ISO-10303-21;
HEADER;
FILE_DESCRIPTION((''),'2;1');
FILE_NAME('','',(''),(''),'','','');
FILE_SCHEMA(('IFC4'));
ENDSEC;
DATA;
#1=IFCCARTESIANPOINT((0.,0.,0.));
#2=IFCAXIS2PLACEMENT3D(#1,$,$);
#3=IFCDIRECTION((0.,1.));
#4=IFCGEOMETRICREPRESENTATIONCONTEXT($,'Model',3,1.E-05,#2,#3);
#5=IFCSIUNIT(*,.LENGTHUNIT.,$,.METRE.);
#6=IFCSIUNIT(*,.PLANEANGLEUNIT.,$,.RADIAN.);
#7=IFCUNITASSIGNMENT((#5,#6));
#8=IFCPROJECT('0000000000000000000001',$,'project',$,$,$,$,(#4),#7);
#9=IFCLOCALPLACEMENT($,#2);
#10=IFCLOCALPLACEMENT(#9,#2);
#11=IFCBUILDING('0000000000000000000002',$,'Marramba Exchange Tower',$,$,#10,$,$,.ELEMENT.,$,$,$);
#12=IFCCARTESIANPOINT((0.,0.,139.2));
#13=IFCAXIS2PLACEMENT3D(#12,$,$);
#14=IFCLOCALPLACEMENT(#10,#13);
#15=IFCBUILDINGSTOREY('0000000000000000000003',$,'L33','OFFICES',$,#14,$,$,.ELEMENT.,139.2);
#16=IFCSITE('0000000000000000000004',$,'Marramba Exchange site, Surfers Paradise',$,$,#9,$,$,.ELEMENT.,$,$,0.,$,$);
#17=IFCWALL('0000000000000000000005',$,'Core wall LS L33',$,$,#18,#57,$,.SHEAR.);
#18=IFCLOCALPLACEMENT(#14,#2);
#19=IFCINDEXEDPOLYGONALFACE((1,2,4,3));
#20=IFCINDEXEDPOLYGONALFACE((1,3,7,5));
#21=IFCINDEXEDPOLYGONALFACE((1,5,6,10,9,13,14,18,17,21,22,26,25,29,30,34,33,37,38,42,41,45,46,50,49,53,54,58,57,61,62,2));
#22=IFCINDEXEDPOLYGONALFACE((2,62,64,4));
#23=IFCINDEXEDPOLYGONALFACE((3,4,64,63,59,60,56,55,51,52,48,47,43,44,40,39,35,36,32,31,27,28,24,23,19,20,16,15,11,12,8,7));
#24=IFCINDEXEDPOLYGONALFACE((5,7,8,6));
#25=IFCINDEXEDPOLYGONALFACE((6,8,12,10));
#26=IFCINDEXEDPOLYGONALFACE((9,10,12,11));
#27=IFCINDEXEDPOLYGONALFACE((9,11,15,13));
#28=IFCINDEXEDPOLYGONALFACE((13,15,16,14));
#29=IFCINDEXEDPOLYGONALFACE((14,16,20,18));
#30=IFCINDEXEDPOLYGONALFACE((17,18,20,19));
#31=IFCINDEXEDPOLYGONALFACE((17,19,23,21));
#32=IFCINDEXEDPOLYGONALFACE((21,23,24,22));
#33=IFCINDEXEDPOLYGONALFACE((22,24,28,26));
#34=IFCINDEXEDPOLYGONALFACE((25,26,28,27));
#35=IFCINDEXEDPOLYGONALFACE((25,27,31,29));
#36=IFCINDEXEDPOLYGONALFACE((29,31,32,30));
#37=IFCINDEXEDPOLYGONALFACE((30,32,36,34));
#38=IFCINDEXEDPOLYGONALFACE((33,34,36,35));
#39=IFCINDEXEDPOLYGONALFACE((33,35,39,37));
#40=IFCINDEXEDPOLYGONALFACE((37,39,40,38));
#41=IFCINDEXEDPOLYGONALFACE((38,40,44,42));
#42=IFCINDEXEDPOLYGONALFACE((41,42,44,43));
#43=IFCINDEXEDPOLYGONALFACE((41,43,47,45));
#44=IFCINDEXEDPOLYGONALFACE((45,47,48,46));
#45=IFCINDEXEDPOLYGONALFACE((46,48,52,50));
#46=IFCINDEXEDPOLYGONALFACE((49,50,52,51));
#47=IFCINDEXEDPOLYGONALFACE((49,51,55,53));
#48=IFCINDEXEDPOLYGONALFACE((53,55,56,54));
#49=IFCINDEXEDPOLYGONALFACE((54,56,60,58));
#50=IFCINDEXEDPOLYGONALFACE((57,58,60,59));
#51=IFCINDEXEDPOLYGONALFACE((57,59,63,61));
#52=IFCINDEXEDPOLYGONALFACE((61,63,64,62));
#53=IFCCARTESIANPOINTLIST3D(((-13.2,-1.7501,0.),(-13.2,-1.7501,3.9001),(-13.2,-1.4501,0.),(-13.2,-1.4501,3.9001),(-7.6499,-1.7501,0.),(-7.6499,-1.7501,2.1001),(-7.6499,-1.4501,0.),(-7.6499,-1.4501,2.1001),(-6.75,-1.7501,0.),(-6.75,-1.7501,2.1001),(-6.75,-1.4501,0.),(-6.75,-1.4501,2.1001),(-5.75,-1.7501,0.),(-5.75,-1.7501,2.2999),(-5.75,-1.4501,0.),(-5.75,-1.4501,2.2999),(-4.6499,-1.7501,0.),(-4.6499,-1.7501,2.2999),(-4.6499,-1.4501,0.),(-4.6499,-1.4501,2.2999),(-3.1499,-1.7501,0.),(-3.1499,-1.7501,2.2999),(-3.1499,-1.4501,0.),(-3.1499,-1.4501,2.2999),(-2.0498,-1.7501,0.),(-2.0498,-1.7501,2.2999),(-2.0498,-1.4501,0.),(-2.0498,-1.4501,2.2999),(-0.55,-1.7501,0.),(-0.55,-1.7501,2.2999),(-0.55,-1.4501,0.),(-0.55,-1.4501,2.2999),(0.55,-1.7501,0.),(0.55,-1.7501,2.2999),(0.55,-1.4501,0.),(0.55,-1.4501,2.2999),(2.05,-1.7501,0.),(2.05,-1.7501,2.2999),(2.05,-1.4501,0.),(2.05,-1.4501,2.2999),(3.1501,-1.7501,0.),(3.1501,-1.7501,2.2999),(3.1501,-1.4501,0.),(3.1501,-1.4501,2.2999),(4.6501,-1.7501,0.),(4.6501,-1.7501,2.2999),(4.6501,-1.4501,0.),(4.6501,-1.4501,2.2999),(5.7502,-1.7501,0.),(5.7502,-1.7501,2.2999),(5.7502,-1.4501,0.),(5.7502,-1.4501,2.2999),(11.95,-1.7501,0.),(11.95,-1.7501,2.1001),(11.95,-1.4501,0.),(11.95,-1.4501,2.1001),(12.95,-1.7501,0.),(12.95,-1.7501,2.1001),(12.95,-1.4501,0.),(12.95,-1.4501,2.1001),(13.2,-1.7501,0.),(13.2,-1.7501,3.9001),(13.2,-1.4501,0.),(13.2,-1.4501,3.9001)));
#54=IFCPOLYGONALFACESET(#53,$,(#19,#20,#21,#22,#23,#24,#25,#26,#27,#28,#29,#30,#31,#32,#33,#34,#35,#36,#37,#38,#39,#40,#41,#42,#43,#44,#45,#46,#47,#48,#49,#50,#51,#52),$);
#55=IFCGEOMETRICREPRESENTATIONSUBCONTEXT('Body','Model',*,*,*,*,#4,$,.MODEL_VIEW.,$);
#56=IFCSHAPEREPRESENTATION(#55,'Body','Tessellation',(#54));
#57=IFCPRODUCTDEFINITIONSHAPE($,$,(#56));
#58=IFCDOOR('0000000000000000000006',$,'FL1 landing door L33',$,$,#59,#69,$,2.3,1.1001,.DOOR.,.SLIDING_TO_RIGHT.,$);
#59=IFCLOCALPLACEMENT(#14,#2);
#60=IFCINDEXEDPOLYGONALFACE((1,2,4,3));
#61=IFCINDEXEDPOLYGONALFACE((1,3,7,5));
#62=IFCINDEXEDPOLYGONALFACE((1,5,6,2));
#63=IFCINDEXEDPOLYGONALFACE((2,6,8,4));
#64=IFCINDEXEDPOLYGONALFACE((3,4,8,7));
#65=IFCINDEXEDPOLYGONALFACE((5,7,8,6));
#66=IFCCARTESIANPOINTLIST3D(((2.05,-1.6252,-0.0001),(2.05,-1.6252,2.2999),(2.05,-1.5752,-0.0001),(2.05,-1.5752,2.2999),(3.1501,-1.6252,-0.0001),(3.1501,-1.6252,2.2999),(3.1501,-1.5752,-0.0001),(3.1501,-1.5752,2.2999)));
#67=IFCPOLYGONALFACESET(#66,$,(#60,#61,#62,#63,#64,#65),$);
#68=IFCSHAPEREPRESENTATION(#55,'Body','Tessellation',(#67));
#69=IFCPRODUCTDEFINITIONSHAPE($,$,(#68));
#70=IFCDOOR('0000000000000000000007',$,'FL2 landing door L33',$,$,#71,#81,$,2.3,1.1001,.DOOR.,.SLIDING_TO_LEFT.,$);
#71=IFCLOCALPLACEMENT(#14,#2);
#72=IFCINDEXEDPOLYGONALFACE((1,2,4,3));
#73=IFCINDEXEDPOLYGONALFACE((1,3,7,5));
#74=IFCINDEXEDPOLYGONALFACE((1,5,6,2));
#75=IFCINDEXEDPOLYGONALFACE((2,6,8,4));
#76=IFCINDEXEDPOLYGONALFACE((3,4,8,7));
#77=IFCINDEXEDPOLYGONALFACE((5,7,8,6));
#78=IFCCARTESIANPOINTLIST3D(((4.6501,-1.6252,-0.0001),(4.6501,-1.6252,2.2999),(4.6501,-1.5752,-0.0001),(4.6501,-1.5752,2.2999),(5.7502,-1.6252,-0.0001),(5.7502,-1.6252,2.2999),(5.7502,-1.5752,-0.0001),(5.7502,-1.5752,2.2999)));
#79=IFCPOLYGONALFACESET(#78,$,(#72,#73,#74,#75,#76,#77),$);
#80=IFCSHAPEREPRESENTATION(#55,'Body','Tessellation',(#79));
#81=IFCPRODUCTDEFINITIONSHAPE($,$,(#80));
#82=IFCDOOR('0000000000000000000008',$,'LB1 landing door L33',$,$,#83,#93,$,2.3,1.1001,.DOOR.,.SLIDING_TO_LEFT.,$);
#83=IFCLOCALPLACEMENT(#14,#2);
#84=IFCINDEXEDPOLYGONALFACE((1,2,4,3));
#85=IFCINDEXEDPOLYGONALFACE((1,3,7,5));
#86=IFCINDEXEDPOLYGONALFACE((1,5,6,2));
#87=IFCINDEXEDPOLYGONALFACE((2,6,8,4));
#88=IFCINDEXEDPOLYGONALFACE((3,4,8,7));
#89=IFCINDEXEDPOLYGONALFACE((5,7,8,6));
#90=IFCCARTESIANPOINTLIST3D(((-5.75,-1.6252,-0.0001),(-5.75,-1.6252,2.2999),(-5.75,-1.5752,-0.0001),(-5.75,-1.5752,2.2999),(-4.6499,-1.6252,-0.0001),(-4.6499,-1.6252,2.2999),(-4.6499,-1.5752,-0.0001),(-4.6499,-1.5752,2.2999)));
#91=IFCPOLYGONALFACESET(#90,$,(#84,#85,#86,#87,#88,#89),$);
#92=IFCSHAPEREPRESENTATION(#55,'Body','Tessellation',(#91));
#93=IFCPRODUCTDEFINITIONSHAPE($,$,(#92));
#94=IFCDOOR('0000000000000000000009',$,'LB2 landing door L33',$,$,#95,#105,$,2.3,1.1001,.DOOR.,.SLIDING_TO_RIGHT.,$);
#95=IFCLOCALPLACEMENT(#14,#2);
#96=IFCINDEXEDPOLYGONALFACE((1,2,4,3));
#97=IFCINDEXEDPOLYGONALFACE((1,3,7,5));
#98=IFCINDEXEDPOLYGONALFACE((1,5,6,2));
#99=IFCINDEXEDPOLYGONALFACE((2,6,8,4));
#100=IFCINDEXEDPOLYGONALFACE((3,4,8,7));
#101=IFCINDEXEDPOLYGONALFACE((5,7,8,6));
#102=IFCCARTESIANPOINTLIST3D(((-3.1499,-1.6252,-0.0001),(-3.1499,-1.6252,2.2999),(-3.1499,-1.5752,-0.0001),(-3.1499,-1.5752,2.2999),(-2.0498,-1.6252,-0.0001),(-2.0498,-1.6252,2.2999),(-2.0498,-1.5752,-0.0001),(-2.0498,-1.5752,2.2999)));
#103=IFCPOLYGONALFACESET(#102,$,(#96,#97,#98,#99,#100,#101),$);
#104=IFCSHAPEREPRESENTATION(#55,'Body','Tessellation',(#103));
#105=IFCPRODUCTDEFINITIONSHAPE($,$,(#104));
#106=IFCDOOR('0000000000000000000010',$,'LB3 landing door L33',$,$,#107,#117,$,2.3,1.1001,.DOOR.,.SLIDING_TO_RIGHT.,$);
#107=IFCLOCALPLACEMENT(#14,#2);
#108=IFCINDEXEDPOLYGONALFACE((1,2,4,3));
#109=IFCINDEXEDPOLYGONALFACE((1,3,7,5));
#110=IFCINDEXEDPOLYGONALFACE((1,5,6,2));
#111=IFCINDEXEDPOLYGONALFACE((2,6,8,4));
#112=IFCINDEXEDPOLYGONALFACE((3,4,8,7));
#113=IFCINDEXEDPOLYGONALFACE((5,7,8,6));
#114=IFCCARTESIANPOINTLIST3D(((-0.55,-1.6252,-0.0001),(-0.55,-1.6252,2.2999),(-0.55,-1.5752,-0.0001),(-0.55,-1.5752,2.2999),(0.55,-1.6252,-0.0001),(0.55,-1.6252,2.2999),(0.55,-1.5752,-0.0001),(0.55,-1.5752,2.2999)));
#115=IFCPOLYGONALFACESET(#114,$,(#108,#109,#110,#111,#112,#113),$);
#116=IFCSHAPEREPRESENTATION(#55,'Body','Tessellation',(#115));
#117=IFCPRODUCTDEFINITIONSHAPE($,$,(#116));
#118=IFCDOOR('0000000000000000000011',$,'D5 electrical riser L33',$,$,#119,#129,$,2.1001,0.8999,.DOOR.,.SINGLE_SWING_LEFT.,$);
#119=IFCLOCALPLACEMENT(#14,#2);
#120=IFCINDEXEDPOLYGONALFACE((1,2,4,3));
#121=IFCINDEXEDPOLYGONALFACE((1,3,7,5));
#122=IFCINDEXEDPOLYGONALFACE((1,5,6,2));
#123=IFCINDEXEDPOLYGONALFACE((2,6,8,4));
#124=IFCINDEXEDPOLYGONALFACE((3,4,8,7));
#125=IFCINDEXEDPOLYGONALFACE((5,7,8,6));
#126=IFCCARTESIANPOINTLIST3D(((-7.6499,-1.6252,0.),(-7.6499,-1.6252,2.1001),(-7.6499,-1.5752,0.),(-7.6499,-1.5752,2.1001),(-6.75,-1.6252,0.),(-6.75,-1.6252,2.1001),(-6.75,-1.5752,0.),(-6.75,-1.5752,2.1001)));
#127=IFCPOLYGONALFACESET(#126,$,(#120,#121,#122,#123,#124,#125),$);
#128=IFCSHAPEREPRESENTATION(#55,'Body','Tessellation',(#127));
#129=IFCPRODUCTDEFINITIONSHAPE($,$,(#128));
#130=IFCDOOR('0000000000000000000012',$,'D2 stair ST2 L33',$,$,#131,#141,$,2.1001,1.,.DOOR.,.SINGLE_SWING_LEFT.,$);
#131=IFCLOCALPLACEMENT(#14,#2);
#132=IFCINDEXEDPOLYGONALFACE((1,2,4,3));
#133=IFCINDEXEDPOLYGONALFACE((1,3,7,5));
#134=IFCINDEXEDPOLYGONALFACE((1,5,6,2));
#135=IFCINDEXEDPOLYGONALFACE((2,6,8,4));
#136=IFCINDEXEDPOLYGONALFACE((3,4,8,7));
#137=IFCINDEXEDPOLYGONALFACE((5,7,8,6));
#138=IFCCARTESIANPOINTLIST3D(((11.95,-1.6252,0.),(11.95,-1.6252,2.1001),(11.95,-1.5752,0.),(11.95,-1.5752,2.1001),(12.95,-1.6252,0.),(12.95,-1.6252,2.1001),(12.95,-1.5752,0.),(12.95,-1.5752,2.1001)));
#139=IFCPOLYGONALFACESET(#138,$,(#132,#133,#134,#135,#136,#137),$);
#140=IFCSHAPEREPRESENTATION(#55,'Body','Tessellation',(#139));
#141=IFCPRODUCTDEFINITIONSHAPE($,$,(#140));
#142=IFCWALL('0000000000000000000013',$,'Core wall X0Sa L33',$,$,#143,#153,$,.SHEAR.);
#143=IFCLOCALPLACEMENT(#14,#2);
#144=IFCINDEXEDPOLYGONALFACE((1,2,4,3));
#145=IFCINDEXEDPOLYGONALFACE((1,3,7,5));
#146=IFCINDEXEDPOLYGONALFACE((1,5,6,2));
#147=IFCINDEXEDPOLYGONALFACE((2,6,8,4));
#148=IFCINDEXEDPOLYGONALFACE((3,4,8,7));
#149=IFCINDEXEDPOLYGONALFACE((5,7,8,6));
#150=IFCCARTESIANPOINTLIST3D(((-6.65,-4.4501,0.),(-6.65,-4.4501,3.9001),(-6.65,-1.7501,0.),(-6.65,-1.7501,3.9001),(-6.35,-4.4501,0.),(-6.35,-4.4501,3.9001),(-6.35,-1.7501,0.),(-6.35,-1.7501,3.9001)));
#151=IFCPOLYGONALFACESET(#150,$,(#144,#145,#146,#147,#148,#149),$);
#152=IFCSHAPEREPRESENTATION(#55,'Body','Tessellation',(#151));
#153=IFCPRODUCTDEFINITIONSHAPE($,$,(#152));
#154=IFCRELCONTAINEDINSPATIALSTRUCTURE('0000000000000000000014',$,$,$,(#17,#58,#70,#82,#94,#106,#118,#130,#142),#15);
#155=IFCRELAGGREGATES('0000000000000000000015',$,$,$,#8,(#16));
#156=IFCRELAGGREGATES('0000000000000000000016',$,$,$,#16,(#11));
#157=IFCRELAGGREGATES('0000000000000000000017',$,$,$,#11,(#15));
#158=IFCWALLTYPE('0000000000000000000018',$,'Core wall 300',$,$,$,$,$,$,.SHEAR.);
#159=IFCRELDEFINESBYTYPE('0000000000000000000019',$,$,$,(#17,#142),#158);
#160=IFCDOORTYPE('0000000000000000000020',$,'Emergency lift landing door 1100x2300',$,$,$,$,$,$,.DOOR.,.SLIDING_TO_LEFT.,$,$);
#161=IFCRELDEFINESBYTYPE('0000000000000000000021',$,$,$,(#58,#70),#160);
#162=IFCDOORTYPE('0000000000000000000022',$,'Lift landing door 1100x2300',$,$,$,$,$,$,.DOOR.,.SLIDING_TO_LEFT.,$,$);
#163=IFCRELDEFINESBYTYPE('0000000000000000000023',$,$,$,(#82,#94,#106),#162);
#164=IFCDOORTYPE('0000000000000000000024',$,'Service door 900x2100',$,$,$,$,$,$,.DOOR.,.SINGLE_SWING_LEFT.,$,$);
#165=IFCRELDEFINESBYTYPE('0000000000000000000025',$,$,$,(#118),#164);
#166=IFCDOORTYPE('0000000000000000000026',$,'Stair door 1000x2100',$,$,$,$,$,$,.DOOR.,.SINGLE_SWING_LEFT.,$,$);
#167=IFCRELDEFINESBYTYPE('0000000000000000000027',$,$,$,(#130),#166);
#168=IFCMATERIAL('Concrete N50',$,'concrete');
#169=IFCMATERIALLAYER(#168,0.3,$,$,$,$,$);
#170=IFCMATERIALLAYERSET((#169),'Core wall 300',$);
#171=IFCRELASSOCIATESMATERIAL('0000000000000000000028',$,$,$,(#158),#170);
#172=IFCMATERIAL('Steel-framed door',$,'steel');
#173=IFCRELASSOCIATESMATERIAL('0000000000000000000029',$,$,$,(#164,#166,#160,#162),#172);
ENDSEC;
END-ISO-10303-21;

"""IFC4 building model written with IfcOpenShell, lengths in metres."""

from ifc_helpers import new_model, si_unit, direction, frame, frame_2d, origin, place, context, subcontext, project, spatial, rectangle, extrude, material, layer, layer_set, type_object, element, fill, save


model = new_model("IFC4")

# Units and contexts
model_context = context("Model", 3, precision=1e-05, world=origin(), true_north=direction((0.0, 1.0)))
body_context = subcontext(model_context, "Body", "Model", "MODEL_VIEW")
ifc_project = project(units=[si_unit("LENGTHUNIT", "METRE"), si_unit("PLANEANGLEUNIT", "RADIAN")], contexts=[model_context])

# Site, building, storey
site_placement = place(None, origin())
site = spatial("IfcSite", under=ifc_project, at=site_placement, Name="Marramba Exchange site, Surfers Paradise", CompositionType="ELEMENT", RefElevation=0.0)
building_placement = place(site_placement, origin())
building = spatial("IfcBuilding", under=site, at=building_placement, Name="Marramba Exchange Tower", CompositionType="ELEMENT")
storey_placement = place(building_placement, frame((0.0, 0.0, 139.2)))
storey = spatial("IfcBuildingStorey", under=building, at=storey_placement, Name="L33", Description="OFFICES", CompositionType="ELEMENT", Elevation=139.2)

# Wall, openings, doors
ifc_material_1 = material(Name="Concrete N50", Category="concrete")
ifc_layer_1 = layer(ifc_material_1, 0.3)
ifc_layer_set_1 = layer_set([ifc_layer_1], Name="Core wall 300")
wall_type_1 = type_object("IfcWallType", Name="Core wall 300", PredefinedType="SHEAR", material=ifc_layer_set_1)
ifc_material_2 = material(Name="Steel-framed door", Category="steel")
door_type_1 = type_object("IfcDoorType", Name="Service door 900x2100", OperationType="SINGLE_SWING_LEFT", PredefinedType="DOOR", material=ifc_material_2)
door_type_2 = type_object("IfcDoorType", Name="Stair door 1000x2100", OperationType="SINGLE_SWING_LEFT", PredefinedType="DOOR", material=ifc_material_2)
wall_1_placement = place(storey_placement, frame((-13.2, -1.6001, 0.0), z_axis=(0.0, 0.0, 1.0), x_axis=(1.0, 0.0, 0.0)))
wall_1 = element("IfcWall", 1, at=wall_1_placement, inside=storey, type_object=wall_type_1, Name="Core wall LS L33", PredefinedType="SHEAR", context=body_context, shape_type="SweptSolid", body=[
    extrude(rectangle(XDim=26.3999, YDim=0.3, at=frame_2d((13.2, 0.0))), origin(), (0.0, 0.0, 1.0), 3.9001),
])
opening_1_placement = place(wall_1_placement, frame((25.1499, 0.0, 0.0)))
opening_1 = element("IfcOpeningElement", 2, at=opening_1_placement, cuts=wall_1, PredefinedType="OPENING", context=body_context, shape_type="SweptSolid", body=[
    extrude(rectangle(XDim=1.0, YDim=2.1001, at=frame_2d((0.5, 1.05))), frame((0.0, 0.1599, 0.0), z_axis=(0.0, -1.0, 0.0), x_axis=(1.0, 0.0, 0.0)), (0.0, 0.0, 1.0), 0.3201),
])
opening_2_placement = place(wall_1_placement, frame((7.45, 0.0, 0.0)))
opening_2 = element("IfcOpeningElement", 3, at=opening_2_placement, cuts=wall_1, PredefinedType="OPENING", context=body_context, shape_type="SweptSolid", body=[
    extrude(rectangle(XDim=1.1001, YDim=2.3, at=frame_2d((0.55, 1.1499))), frame((0.0, 0.1599, 0.0), z_axis=(0.0, -1.0, 0.0), x_axis=(1.0, 0.0, 0.0)), (0.0, 0.0, 1.0), 0.3201),
])
opening_3_placement = place(wall_1_placement, frame((10.05, 0.0, 0.0)))
opening_3 = element("IfcOpeningElement", 4, at=opening_3_placement, cuts=wall_1, PredefinedType="OPENING", context=body_context, shape_type="SweptSolid", body=[
    extrude(rectangle(XDim=1.1001, YDim=2.3, at=frame_2d((0.55, 1.1499))), frame((0.0, 0.1599, 0.0), z_axis=(0.0, -1.0, 0.0), x_axis=(1.0, 0.0, 0.0)), (0.0, 0.0, 1.0), 0.3201),
])
opening_4_placement = place(wall_1_placement, frame((12.6499, 0.0, 0.0)))
opening_4 = element("IfcOpeningElement", 5, at=opening_4_placement, cuts=wall_1, PredefinedType="OPENING", context=body_context, shape_type="SweptSolid", body=[
    extrude(rectangle(XDim=1.1001, YDim=2.3, at=frame_2d((0.55, 1.1499))), frame((0.0, 0.1599, 0.0), z_axis=(0.0, -1.0, 0.0), x_axis=(1.0, 0.0, 0.0)), (0.0, 0.0, 1.0), 0.3201),
])
opening_5_placement = place(wall_1_placement, frame((15.25, 0.0, 0.0)))
opening_5 = element("IfcOpeningElement", 6, at=opening_5_placement, cuts=wall_1, PredefinedType="OPENING", context=body_context, shape_type="SweptSolid", body=[
    extrude(rectangle(XDim=1.1001, YDim=2.3, at=frame_2d((0.55, 1.1499))), frame((0.0, 0.1599, 0.0), z_axis=(0.0, -1.0, 0.0), x_axis=(1.0, 0.0, 0.0)), (0.0, 0.0, 1.0), 0.3201),
])
opening_6_placement = place(wall_1_placement, frame((17.8501, 0.0, 0.0)))
opening_6 = element("IfcOpeningElement", 7, at=opening_6_placement, cuts=wall_1, PredefinedType="OPENING", context=body_context, shape_type="SweptSolid", body=[
    extrude(rectangle(XDim=1.1001, YDim=2.3, at=frame_2d((0.55, 1.1499))), frame((0.0, 0.1599, 0.0), z_axis=(0.0, -1.0, 0.0), x_axis=(1.0, 0.0, 0.0)), (0.0, 0.0, 1.0), 0.3201),
])
opening_7_placement = place(wall_1_placement, frame((5.55, 0.0, 0.0)))
opening_7 = element("IfcOpeningElement", 8, at=opening_7_placement, cuts=wall_1, PredefinedType="OPENING", context=body_context, shape_type="SweptSolid", body=[
    extrude(rectangle(XDim=0.8999, YDim=2.1001, at=frame_2d((0.45, 1.05))), frame((0.0, 0.1599, 0.0), z_axis=(0.0, -1.0, 0.0), x_axis=(1.0, 0.0, 0.0)), (0.0, 0.0, 1.0), 0.3201),
])
door_type_3 = type_object("IfcDoorType", Name="Emergency lift landing door 1100x2300", OperationType="SLIDING_TO_LEFT", PredefinedType="DOOR", material=ifc_material_2)
door_1_placement = place(opening_5_placement, frame((1.1001, 0.0, 0.0), z_axis=(0.0, 0.0, 1.0), x_axis=(-1.0, 0.0, 0.0)))
door_1 = element("IfcDoor", 9, at=door_1_placement, inside=storey, type_object=door_type_3, Name="FL1 landing door L33", OperationType="SLIDING_TO_RIGHT", OverallHeight=2.3, OverallWidth=1.1001, PredefinedType="DOOR", context=body_context, shape_type="SweptSolid", body=[
    extrude(rectangle(XDim=1.1001, YDim=2.3, at=frame_2d((0.55, 1.1499))), frame((0.0, 0.0251, 0.0), z_axis=(0.0, -1.0, 0.0), x_axis=(1.0, 0.0, 0.0)), (0.0, 0.0, 1.0), 0.05),
])
fill(opening_5, door_1)
door_2_placement = place(opening_6_placement, frame((1.1001, 0.0, 0.0), z_axis=(0.0, 0.0, 1.0), x_axis=(-1.0, 0.0, 0.0)))
door_2 = element("IfcDoor", 10, at=door_2_placement, inside=storey, type_object=door_type_3, Name="FL2 landing door L33", OperationType="SLIDING_TO_LEFT", OverallHeight=2.3, OverallWidth=1.1001, PredefinedType="DOOR", context=body_context, shape_type="SweptSolid", body=[
    extrude(rectangle(XDim=1.1001, YDim=2.3, at=frame_2d((0.55, 1.1499))), frame((0.0, 0.0251, 0.0), z_axis=(0.0, -1.0, 0.0), x_axis=(1.0, 0.0, 0.0)), (0.0, 0.0, 1.0), 0.05),
])
fill(opening_6, door_2)
door_type_4 = type_object("IfcDoorType", Name="Lift landing door 1100x2300", OperationType="SLIDING_TO_LEFT", PredefinedType="DOOR", material=ifc_material_2)
door_3_placement = place(opening_2_placement, frame((1.1001, 0.0, 0.0), z_axis=(0.0, 0.0, 1.0), x_axis=(-1.0, 0.0, 0.0)))
door_3 = element("IfcDoor", 11, at=door_3_placement, inside=storey, type_object=door_type_4, Name="LB1 landing door L33", OperationType="SLIDING_TO_LEFT", OverallHeight=2.3, OverallWidth=1.1001, PredefinedType="DOOR", context=body_context, shape_type="SweptSolid", body=[
    extrude(rectangle(XDim=1.1001, YDim=2.3, at=frame_2d((0.55, 1.1499))), frame((0.0, 0.0251, 0.0), z_axis=(0.0, -1.0, 0.0), x_axis=(1.0, 0.0, 0.0)), (0.0, 0.0, 1.0), 0.05),
])
fill(opening_2, door_3)
door_4_placement = place(opening_3_placement, frame((1.1001, 0.0, 0.0), z_axis=(0.0, 0.0, 1.0), x_axis=(-1.0, 0.0, 0.0)))
door_4 = element("IfcDoor", 12, at=door_4_placement, inside=storey, type_object=door_type_4, Name="LB2 landing door L33", OperationType="SLIDING_TO_RIGHT", OverallHeight=2.3, OverallWidth=1.1001, PredefinedType="DOOR", context=body_context, shape_type="SweptSolid", body=[
    extrude(rectangle(XDim=1.1001, YDim=2.3, at=frame_2d((0.55, 1.1499))), frame((0.0, 0.0251, 0.0), z_axis=(0.0, -1.0, 0.0), x_axis=(1.0, 0.0, 0.0)), (0.0, 0.0, 1.0), 0.05),
])
fill(opening_3, door_4)
door_5_placement = place(opening_4_placement, frame((1.1001, 0.0, 0.0), z_axis=(0.0, 0.0, 1.0), x_axis=(-1.0, 0.0, 0.0)))
door_5 = element("IfcDoor", 13, at=door_5_placement, inside=storey, type_object=door_type_4, Name="LB3 landing door L33", OperationType="SLIDING_TO_RIGHT", OverallHeight=2.3, OverallWidth=1.1001, PredefinedType="DOOR", context=body_context, shape_type="SweptSolid", body=[
    extrude(rectangle(XDim=1.1001, YDim=2.3, at=frame_2d((0.55, 1.1499))), frame((0.0, 0.0251, 0.0), z_axis=(0.0, -1.0, 0.0), x_axis=(1.0, 0.0, 0.0)), (0.0, 0.0, 1.0), 0.05),
])
fill(opening_4, door_5)
door_6_placement = place(opening_7_placement, frame((0.8999, 0.0, 0.0), z_axis=(0.0, 0.0, 1.0), x_axis=(-1.0, 0.0, 0.0)))
door_6 = element("IfcDoor", 14, at=door_6_placement, inside=storey, type_object=door_type_1, Name="D5 electrical riser L33", OperationType="SINGLE_SWING_LEFT", OverallHeight=2.1001, OverallWidth=0.8999, PredefinedType="DOOR", context=body_context, shape_type="SweptSolid", body=[
    extrude(rectangle(XDim=0.8999, YDim=2.1001, at=frame_2d((0.45, 1.05))), frame((0.0, 0.0251, 0.0), z_axis=(0.0, -1.0, 0.0), x_axis=(1.0, 0.0, 0.0)), (0.0, 0.0, 1.0), 0.05),
])
fill(opening_7, door_6)
door_7_placement = place(opening_1_placement, frame((1.0, 0.0, 0.0), z_axis=(0.0, 0.0, 1.0), x_axis=(-1.0, 0.0, 0.0)))
door_7 = element("IfcDoor", 15, at=door_7_placement, inside=storey, type_object=door_type_2, Name="D2 stair ST2 L33", OperationType="SINGLE_SWING_LEFT", OverallHeight=2.1001, OverallWidth=1.0, PredefinedType="DOOR", context=body_context, shape_type="SweptSolid", body=[
    extrude(rectangle(XDim=1.0, YDim=2.1001, at=frame_2d((0.5, 1.05))), frame((0.0, 0.0251, 0.0), z_axis=(0.0, -1.0, 0.0), x_axis=(1.0, 0.0, 0.0)), (0.0, 0.0, 1.0), 0.05),
])
fill(opening_1, door_7)

# Wall
wall_2_placement = place(storey_placement, frame((-6.5, -1.75, 0.0), z_axis=(0.0, 0.0, 1.0), x_axis=(0.0, -1.0, 0.0)))
element("IfcWall", 16, at=wall_2_placement, inside=storey, type_object=wall_type_1, Name="Core wall X0Sa L33", PredefinedType="SHEAR", context=body_context, shape_type="SweptSolid", body=[
    extrude(rectangle(XDim=2.7, YDim=0.3, at=frame_2d((1.3501, 0.0))), origin(), (0.0, 0.0, 1.0), 3.9001),
])

save(model, "model.ifc")
